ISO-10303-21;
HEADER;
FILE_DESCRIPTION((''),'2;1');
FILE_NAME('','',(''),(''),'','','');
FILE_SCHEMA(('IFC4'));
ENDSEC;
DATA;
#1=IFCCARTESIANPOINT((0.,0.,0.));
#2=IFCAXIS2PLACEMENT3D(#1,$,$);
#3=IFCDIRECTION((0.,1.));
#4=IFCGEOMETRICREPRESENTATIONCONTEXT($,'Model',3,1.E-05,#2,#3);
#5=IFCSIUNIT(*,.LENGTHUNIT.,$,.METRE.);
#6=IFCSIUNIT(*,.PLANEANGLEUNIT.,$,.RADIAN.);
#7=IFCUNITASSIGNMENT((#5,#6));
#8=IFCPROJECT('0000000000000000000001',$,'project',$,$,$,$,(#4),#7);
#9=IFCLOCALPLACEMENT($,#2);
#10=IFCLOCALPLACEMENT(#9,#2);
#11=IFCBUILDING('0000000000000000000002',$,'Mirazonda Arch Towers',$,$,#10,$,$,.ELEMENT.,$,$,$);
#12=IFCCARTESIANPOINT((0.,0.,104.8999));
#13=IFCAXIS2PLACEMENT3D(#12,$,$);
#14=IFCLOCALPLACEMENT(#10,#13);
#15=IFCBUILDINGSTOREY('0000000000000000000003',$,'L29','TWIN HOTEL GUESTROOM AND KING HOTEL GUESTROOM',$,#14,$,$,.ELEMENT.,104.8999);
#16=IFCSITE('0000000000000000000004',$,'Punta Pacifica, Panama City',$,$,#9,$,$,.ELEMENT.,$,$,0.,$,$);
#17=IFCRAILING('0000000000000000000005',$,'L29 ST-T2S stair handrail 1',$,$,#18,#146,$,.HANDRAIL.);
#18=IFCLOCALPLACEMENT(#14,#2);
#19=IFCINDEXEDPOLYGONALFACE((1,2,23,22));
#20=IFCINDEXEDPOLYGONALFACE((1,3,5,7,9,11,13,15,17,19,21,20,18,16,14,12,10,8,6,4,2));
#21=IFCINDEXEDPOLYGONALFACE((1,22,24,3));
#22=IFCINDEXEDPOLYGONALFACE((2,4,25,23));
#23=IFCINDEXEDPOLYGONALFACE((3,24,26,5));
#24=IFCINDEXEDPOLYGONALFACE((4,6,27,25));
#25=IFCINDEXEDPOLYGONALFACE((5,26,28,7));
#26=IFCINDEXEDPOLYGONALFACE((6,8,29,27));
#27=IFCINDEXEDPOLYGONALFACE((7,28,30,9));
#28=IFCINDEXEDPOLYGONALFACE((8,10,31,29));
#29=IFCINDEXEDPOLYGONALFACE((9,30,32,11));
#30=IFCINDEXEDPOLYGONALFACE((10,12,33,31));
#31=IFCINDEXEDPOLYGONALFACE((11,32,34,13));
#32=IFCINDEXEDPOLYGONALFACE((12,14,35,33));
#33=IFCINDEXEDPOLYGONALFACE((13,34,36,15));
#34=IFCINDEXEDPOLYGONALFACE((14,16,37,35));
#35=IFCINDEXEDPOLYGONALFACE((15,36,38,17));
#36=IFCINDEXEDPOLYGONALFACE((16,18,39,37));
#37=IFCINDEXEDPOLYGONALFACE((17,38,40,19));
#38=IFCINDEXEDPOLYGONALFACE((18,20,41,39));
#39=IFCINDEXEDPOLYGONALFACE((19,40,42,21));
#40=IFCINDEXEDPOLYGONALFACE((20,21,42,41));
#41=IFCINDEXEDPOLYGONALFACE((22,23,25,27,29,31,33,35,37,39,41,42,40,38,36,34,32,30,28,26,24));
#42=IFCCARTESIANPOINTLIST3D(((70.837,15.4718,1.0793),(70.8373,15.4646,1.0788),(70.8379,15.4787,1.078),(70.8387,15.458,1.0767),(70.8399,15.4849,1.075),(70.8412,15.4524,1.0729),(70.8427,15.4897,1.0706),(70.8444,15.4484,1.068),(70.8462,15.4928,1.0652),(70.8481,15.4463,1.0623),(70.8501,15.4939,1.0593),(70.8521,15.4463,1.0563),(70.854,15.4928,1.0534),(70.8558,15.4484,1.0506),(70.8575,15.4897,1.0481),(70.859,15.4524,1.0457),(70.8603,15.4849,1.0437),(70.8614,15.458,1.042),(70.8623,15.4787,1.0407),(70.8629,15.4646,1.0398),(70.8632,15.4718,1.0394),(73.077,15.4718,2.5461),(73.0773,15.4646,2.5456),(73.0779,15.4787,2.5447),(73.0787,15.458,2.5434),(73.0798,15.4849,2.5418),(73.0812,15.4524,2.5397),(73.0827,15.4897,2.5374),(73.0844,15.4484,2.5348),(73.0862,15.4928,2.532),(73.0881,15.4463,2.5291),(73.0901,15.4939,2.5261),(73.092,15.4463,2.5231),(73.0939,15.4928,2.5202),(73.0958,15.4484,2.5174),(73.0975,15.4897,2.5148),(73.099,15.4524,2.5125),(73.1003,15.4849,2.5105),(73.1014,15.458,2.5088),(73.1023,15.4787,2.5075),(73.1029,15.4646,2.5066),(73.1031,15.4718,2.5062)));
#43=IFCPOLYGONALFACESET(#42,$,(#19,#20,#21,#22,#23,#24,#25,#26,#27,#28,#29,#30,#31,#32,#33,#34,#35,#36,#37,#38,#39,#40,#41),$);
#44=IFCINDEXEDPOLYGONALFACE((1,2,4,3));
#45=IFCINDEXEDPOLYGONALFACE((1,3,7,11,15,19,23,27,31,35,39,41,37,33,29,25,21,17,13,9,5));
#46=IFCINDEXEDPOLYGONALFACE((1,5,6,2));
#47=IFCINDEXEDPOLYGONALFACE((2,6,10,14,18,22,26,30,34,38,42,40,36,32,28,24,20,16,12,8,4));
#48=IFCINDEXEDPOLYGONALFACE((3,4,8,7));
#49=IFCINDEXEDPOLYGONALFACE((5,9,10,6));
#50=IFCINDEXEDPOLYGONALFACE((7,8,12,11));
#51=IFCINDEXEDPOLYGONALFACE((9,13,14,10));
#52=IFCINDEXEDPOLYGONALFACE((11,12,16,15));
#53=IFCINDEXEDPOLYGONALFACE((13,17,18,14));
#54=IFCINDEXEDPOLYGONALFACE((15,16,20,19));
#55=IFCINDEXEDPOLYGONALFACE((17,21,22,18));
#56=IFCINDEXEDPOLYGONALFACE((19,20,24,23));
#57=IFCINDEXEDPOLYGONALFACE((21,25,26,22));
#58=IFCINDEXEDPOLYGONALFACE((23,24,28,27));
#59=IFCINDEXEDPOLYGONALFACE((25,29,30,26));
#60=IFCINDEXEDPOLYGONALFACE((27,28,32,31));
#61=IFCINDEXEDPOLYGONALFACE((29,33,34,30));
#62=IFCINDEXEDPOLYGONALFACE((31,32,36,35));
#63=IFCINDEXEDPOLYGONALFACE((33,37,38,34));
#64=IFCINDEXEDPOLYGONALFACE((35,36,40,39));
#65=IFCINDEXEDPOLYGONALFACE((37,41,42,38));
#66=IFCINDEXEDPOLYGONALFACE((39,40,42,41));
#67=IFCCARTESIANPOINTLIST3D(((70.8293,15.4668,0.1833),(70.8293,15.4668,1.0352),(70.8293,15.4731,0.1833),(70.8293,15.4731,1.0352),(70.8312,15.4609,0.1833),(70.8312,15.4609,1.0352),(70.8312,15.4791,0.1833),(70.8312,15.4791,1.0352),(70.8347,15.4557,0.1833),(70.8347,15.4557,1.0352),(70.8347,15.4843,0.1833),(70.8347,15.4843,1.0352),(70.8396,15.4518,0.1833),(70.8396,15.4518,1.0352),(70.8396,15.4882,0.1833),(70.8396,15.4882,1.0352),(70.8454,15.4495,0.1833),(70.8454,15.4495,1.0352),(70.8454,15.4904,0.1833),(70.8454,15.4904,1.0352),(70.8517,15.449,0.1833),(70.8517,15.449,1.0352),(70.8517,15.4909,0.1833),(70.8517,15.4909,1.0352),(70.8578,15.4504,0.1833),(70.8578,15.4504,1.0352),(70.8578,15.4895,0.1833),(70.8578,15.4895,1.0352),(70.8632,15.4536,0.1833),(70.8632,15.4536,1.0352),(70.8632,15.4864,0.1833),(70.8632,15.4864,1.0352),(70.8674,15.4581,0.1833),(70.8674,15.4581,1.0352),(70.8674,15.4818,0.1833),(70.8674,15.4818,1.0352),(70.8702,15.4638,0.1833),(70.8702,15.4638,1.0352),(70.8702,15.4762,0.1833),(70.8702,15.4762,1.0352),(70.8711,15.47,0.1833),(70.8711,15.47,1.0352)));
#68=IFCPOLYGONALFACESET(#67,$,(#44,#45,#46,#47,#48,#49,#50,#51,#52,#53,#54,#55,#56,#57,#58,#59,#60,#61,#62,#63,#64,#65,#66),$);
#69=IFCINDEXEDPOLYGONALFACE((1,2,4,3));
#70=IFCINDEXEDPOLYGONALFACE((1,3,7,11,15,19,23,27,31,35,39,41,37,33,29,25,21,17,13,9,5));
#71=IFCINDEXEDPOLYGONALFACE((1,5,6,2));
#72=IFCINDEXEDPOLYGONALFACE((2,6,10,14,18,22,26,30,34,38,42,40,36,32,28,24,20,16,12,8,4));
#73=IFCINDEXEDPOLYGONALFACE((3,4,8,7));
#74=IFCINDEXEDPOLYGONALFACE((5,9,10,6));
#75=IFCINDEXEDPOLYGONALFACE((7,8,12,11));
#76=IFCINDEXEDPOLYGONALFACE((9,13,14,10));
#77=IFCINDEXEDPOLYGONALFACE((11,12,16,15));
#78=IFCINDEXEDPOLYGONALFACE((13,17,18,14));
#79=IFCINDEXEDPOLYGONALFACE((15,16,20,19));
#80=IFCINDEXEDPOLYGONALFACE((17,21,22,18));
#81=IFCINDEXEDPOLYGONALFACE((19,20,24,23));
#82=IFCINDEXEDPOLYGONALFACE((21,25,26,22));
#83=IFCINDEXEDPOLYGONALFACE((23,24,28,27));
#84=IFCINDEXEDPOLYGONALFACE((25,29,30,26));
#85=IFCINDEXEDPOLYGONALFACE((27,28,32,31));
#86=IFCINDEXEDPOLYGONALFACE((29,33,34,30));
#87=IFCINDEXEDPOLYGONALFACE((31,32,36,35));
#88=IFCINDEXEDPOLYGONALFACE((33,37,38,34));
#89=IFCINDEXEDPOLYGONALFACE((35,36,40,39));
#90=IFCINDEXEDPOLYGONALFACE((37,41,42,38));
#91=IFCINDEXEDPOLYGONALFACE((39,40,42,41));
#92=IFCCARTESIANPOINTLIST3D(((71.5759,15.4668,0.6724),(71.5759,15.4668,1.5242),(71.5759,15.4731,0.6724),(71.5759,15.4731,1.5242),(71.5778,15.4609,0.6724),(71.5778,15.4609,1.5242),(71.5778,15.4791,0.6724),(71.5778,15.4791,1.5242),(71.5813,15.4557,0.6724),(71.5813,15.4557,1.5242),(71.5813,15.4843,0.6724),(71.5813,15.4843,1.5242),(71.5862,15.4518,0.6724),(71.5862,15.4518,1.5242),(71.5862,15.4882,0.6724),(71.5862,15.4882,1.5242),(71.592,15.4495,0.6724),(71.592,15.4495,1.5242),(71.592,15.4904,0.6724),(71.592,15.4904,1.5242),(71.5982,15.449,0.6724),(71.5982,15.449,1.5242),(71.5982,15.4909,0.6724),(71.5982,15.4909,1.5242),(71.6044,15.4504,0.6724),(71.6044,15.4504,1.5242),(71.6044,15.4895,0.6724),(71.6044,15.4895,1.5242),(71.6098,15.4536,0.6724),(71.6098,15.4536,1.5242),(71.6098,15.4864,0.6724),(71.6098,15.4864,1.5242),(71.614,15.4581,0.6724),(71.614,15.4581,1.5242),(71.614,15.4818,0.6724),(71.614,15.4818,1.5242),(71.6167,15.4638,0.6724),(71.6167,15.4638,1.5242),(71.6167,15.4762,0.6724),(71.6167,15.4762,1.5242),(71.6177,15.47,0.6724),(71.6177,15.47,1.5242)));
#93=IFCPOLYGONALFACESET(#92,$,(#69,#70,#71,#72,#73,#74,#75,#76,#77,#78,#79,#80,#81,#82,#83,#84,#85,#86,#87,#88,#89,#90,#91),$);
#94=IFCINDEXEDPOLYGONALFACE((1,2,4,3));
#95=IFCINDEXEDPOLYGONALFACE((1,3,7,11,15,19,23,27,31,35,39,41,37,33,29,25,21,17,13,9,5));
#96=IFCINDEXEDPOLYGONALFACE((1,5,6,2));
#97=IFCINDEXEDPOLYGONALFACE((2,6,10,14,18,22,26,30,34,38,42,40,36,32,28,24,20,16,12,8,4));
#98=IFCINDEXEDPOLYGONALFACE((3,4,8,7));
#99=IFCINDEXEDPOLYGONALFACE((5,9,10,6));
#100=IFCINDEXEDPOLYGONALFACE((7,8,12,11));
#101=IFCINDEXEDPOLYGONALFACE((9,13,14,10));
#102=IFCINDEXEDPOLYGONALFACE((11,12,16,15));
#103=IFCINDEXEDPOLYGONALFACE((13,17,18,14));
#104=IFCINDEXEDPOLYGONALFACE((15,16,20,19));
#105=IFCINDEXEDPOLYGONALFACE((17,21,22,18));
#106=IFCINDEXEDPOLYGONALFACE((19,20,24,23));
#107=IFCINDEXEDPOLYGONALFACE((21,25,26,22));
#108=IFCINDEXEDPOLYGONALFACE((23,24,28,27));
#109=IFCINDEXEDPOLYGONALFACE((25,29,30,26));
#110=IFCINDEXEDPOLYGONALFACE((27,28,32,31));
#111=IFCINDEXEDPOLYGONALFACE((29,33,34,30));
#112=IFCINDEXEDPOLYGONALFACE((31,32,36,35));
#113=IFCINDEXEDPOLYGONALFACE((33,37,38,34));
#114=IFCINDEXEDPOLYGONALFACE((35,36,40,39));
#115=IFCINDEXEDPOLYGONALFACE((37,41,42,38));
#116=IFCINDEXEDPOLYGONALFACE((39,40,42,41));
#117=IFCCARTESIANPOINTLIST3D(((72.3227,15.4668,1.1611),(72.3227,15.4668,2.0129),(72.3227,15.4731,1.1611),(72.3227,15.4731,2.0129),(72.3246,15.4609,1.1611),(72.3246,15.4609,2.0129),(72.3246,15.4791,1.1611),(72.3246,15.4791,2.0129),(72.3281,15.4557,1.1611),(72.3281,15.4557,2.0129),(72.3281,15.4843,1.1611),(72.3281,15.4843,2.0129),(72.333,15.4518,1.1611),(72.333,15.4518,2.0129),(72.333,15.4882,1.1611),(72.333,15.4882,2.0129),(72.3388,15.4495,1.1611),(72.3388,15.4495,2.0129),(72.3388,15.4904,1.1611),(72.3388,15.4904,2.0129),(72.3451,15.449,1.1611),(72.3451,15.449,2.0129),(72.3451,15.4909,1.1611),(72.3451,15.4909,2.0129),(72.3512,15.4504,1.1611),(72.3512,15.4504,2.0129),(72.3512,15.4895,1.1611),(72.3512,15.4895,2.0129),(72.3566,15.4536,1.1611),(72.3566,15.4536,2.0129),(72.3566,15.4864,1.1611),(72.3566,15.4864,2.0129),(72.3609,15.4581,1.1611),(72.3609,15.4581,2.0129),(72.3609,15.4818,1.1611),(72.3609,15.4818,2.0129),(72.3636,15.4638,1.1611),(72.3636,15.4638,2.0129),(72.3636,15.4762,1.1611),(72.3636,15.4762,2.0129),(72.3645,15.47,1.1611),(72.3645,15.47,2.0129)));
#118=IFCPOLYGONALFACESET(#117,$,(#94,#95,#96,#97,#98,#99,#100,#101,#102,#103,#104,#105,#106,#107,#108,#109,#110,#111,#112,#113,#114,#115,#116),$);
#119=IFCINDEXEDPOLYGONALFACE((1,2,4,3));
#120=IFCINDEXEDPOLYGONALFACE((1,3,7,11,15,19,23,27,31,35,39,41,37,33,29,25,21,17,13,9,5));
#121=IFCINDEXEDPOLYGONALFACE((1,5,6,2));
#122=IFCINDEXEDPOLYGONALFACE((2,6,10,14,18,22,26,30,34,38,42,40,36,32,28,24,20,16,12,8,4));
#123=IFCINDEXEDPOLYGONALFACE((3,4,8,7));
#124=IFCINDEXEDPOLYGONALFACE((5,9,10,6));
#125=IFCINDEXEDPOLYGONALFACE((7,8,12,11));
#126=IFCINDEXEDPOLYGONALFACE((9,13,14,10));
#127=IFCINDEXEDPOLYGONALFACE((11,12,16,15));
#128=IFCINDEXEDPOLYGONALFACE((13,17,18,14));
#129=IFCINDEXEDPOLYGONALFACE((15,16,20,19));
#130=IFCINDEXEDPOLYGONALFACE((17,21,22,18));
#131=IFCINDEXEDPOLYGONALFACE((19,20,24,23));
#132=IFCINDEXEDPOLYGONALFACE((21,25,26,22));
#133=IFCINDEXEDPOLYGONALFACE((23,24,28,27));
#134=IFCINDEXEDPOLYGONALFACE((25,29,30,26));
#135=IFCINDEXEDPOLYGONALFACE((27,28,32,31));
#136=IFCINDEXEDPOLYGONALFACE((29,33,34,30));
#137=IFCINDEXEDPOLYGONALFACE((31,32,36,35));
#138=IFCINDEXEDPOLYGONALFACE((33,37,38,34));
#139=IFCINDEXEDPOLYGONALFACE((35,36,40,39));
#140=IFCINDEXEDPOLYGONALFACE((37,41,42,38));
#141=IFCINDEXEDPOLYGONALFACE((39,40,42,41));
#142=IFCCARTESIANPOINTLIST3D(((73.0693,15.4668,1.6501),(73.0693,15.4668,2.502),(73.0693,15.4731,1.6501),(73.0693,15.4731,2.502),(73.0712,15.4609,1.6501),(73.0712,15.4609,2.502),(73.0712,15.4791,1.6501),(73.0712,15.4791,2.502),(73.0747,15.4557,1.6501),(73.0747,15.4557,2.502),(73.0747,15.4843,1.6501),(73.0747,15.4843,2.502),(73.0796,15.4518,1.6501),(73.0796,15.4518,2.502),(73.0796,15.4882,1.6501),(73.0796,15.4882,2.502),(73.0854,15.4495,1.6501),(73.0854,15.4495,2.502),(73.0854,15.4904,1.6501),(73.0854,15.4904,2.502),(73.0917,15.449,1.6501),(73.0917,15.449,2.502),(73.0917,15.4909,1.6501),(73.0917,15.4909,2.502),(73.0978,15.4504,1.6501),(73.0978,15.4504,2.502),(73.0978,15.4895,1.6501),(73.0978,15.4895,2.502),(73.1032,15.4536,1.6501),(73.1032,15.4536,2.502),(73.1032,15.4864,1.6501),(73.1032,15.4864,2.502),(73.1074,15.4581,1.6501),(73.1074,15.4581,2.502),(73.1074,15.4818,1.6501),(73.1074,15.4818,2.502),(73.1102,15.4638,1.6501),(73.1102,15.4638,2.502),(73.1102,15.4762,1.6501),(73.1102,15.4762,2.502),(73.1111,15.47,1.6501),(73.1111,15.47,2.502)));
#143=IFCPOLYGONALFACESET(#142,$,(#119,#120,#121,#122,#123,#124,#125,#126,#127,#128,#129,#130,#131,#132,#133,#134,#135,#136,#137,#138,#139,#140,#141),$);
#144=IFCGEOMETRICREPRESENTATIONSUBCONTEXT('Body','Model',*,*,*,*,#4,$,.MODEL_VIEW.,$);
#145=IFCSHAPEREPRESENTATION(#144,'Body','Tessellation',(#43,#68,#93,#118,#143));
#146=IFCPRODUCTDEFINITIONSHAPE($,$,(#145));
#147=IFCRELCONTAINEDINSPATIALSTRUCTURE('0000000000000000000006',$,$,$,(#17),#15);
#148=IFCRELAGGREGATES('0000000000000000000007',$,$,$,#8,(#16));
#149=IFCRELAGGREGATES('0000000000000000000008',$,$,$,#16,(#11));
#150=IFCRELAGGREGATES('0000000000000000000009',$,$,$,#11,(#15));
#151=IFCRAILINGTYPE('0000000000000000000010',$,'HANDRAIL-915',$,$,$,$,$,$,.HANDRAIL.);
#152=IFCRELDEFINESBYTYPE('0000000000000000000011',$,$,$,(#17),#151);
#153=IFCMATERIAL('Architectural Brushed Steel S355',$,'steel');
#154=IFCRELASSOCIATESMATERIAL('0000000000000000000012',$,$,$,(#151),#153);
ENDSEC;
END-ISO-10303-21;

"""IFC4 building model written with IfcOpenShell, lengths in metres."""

from ifc_helpers import new_model, si_unit, direction, frame, origin, origin_2d, place, context, subcontext, project, spatial, circle, extrude, material, type_object, element, save


model = new_model("IFC4")

# Units and contexts
model_context = context("Model", 3, precision=1e-05, world=origin(), true_north=direction((0.0, 1.0)))
body_context = subcontext(model_context, "Body", "Model", "MODEL_VIEW")
ifc_project = project(units=[si_unit("LENGTHUNIT", "METRE"), si_unit("PLANEANGLEUNIT", "RADIAN")], contexts=[model_context])

# Site, building, storey
site_placement = place(None, origin())
site = spatial("IfcSite", under=ifc_project, at=site_placement, Name="Punta Pacifica, Panama City", CompositionType="ELEMENT", RefElevation=0.0)
building_placement = place(site_placement, origin())
building = spatial("IfcBuilding", under=site, at=building_placement, Name="Mirazonda Arch Towers", CompositionType="ELEMENT")
storey_placement = place(building_placement, frame((0.0, 0.0, 104.8999)))
storey = spatial("IfcBuildingStorey", under=building, at=storey_placement, Name="L29", Description="TWIN HOTEL GUESTROOM AND KING HOTEL GUESTROOM", CompositionType="ELEMENT", Elevation=104.8999)

# Railing
ifc_material_1 = material(Name="Architectural Brushed Steel S355", Category="steel")
railing_type_1 = type_object("IfcRailingType", Name="HANDRAIL-915", PredefinedType="HANDRAIL", material=ifc_material_1)
railing_1_placement = place(storey_placement, frame((70.8501, 15.47, 0.1833)))
element("IfcRailing", 1, at=railing_1_placement, inside=storey, type_object=railing_type_1, Name="L29 ST-T2S stair handrail 1", PredefinedType="HANDRAIL", context=body_context, shape_type="SweptSolid", body=[
    extrude(circle(Radius=0.0239, at=origin_2d()), frame((0.0, 0.0, 0.876), z_axis=(0.836595, 0.0, 0.547822), x_axis=(0.0, 1.0, 0.0)), (0.0, 0.0, 1.0), 2.6775),
    extrude(circle(Radius=0.021, at=origin_2d()), origin(), (0.0, 0.0, 1.0), 0.8518),
    extrude(circle(Radius=0.021, at=origin_2d()), frame((0.7466, 0.0, 0.489)), (0.0, 0.0, 1.0), 0.8518),
    extrude(circle(Radius=0.021, at=origin_2d()), frame((1.4934, 0.0, 0.9778)), (0.0, 0.0, 1.0), 0.8518),
    extrude(circle(Radius=0.021, at=origin_2d()), frame((2.24, 0.0, 1.4668)), (0.0, 0.0, 1.0), 0.8518),
])

save(model, "model.ifc")
